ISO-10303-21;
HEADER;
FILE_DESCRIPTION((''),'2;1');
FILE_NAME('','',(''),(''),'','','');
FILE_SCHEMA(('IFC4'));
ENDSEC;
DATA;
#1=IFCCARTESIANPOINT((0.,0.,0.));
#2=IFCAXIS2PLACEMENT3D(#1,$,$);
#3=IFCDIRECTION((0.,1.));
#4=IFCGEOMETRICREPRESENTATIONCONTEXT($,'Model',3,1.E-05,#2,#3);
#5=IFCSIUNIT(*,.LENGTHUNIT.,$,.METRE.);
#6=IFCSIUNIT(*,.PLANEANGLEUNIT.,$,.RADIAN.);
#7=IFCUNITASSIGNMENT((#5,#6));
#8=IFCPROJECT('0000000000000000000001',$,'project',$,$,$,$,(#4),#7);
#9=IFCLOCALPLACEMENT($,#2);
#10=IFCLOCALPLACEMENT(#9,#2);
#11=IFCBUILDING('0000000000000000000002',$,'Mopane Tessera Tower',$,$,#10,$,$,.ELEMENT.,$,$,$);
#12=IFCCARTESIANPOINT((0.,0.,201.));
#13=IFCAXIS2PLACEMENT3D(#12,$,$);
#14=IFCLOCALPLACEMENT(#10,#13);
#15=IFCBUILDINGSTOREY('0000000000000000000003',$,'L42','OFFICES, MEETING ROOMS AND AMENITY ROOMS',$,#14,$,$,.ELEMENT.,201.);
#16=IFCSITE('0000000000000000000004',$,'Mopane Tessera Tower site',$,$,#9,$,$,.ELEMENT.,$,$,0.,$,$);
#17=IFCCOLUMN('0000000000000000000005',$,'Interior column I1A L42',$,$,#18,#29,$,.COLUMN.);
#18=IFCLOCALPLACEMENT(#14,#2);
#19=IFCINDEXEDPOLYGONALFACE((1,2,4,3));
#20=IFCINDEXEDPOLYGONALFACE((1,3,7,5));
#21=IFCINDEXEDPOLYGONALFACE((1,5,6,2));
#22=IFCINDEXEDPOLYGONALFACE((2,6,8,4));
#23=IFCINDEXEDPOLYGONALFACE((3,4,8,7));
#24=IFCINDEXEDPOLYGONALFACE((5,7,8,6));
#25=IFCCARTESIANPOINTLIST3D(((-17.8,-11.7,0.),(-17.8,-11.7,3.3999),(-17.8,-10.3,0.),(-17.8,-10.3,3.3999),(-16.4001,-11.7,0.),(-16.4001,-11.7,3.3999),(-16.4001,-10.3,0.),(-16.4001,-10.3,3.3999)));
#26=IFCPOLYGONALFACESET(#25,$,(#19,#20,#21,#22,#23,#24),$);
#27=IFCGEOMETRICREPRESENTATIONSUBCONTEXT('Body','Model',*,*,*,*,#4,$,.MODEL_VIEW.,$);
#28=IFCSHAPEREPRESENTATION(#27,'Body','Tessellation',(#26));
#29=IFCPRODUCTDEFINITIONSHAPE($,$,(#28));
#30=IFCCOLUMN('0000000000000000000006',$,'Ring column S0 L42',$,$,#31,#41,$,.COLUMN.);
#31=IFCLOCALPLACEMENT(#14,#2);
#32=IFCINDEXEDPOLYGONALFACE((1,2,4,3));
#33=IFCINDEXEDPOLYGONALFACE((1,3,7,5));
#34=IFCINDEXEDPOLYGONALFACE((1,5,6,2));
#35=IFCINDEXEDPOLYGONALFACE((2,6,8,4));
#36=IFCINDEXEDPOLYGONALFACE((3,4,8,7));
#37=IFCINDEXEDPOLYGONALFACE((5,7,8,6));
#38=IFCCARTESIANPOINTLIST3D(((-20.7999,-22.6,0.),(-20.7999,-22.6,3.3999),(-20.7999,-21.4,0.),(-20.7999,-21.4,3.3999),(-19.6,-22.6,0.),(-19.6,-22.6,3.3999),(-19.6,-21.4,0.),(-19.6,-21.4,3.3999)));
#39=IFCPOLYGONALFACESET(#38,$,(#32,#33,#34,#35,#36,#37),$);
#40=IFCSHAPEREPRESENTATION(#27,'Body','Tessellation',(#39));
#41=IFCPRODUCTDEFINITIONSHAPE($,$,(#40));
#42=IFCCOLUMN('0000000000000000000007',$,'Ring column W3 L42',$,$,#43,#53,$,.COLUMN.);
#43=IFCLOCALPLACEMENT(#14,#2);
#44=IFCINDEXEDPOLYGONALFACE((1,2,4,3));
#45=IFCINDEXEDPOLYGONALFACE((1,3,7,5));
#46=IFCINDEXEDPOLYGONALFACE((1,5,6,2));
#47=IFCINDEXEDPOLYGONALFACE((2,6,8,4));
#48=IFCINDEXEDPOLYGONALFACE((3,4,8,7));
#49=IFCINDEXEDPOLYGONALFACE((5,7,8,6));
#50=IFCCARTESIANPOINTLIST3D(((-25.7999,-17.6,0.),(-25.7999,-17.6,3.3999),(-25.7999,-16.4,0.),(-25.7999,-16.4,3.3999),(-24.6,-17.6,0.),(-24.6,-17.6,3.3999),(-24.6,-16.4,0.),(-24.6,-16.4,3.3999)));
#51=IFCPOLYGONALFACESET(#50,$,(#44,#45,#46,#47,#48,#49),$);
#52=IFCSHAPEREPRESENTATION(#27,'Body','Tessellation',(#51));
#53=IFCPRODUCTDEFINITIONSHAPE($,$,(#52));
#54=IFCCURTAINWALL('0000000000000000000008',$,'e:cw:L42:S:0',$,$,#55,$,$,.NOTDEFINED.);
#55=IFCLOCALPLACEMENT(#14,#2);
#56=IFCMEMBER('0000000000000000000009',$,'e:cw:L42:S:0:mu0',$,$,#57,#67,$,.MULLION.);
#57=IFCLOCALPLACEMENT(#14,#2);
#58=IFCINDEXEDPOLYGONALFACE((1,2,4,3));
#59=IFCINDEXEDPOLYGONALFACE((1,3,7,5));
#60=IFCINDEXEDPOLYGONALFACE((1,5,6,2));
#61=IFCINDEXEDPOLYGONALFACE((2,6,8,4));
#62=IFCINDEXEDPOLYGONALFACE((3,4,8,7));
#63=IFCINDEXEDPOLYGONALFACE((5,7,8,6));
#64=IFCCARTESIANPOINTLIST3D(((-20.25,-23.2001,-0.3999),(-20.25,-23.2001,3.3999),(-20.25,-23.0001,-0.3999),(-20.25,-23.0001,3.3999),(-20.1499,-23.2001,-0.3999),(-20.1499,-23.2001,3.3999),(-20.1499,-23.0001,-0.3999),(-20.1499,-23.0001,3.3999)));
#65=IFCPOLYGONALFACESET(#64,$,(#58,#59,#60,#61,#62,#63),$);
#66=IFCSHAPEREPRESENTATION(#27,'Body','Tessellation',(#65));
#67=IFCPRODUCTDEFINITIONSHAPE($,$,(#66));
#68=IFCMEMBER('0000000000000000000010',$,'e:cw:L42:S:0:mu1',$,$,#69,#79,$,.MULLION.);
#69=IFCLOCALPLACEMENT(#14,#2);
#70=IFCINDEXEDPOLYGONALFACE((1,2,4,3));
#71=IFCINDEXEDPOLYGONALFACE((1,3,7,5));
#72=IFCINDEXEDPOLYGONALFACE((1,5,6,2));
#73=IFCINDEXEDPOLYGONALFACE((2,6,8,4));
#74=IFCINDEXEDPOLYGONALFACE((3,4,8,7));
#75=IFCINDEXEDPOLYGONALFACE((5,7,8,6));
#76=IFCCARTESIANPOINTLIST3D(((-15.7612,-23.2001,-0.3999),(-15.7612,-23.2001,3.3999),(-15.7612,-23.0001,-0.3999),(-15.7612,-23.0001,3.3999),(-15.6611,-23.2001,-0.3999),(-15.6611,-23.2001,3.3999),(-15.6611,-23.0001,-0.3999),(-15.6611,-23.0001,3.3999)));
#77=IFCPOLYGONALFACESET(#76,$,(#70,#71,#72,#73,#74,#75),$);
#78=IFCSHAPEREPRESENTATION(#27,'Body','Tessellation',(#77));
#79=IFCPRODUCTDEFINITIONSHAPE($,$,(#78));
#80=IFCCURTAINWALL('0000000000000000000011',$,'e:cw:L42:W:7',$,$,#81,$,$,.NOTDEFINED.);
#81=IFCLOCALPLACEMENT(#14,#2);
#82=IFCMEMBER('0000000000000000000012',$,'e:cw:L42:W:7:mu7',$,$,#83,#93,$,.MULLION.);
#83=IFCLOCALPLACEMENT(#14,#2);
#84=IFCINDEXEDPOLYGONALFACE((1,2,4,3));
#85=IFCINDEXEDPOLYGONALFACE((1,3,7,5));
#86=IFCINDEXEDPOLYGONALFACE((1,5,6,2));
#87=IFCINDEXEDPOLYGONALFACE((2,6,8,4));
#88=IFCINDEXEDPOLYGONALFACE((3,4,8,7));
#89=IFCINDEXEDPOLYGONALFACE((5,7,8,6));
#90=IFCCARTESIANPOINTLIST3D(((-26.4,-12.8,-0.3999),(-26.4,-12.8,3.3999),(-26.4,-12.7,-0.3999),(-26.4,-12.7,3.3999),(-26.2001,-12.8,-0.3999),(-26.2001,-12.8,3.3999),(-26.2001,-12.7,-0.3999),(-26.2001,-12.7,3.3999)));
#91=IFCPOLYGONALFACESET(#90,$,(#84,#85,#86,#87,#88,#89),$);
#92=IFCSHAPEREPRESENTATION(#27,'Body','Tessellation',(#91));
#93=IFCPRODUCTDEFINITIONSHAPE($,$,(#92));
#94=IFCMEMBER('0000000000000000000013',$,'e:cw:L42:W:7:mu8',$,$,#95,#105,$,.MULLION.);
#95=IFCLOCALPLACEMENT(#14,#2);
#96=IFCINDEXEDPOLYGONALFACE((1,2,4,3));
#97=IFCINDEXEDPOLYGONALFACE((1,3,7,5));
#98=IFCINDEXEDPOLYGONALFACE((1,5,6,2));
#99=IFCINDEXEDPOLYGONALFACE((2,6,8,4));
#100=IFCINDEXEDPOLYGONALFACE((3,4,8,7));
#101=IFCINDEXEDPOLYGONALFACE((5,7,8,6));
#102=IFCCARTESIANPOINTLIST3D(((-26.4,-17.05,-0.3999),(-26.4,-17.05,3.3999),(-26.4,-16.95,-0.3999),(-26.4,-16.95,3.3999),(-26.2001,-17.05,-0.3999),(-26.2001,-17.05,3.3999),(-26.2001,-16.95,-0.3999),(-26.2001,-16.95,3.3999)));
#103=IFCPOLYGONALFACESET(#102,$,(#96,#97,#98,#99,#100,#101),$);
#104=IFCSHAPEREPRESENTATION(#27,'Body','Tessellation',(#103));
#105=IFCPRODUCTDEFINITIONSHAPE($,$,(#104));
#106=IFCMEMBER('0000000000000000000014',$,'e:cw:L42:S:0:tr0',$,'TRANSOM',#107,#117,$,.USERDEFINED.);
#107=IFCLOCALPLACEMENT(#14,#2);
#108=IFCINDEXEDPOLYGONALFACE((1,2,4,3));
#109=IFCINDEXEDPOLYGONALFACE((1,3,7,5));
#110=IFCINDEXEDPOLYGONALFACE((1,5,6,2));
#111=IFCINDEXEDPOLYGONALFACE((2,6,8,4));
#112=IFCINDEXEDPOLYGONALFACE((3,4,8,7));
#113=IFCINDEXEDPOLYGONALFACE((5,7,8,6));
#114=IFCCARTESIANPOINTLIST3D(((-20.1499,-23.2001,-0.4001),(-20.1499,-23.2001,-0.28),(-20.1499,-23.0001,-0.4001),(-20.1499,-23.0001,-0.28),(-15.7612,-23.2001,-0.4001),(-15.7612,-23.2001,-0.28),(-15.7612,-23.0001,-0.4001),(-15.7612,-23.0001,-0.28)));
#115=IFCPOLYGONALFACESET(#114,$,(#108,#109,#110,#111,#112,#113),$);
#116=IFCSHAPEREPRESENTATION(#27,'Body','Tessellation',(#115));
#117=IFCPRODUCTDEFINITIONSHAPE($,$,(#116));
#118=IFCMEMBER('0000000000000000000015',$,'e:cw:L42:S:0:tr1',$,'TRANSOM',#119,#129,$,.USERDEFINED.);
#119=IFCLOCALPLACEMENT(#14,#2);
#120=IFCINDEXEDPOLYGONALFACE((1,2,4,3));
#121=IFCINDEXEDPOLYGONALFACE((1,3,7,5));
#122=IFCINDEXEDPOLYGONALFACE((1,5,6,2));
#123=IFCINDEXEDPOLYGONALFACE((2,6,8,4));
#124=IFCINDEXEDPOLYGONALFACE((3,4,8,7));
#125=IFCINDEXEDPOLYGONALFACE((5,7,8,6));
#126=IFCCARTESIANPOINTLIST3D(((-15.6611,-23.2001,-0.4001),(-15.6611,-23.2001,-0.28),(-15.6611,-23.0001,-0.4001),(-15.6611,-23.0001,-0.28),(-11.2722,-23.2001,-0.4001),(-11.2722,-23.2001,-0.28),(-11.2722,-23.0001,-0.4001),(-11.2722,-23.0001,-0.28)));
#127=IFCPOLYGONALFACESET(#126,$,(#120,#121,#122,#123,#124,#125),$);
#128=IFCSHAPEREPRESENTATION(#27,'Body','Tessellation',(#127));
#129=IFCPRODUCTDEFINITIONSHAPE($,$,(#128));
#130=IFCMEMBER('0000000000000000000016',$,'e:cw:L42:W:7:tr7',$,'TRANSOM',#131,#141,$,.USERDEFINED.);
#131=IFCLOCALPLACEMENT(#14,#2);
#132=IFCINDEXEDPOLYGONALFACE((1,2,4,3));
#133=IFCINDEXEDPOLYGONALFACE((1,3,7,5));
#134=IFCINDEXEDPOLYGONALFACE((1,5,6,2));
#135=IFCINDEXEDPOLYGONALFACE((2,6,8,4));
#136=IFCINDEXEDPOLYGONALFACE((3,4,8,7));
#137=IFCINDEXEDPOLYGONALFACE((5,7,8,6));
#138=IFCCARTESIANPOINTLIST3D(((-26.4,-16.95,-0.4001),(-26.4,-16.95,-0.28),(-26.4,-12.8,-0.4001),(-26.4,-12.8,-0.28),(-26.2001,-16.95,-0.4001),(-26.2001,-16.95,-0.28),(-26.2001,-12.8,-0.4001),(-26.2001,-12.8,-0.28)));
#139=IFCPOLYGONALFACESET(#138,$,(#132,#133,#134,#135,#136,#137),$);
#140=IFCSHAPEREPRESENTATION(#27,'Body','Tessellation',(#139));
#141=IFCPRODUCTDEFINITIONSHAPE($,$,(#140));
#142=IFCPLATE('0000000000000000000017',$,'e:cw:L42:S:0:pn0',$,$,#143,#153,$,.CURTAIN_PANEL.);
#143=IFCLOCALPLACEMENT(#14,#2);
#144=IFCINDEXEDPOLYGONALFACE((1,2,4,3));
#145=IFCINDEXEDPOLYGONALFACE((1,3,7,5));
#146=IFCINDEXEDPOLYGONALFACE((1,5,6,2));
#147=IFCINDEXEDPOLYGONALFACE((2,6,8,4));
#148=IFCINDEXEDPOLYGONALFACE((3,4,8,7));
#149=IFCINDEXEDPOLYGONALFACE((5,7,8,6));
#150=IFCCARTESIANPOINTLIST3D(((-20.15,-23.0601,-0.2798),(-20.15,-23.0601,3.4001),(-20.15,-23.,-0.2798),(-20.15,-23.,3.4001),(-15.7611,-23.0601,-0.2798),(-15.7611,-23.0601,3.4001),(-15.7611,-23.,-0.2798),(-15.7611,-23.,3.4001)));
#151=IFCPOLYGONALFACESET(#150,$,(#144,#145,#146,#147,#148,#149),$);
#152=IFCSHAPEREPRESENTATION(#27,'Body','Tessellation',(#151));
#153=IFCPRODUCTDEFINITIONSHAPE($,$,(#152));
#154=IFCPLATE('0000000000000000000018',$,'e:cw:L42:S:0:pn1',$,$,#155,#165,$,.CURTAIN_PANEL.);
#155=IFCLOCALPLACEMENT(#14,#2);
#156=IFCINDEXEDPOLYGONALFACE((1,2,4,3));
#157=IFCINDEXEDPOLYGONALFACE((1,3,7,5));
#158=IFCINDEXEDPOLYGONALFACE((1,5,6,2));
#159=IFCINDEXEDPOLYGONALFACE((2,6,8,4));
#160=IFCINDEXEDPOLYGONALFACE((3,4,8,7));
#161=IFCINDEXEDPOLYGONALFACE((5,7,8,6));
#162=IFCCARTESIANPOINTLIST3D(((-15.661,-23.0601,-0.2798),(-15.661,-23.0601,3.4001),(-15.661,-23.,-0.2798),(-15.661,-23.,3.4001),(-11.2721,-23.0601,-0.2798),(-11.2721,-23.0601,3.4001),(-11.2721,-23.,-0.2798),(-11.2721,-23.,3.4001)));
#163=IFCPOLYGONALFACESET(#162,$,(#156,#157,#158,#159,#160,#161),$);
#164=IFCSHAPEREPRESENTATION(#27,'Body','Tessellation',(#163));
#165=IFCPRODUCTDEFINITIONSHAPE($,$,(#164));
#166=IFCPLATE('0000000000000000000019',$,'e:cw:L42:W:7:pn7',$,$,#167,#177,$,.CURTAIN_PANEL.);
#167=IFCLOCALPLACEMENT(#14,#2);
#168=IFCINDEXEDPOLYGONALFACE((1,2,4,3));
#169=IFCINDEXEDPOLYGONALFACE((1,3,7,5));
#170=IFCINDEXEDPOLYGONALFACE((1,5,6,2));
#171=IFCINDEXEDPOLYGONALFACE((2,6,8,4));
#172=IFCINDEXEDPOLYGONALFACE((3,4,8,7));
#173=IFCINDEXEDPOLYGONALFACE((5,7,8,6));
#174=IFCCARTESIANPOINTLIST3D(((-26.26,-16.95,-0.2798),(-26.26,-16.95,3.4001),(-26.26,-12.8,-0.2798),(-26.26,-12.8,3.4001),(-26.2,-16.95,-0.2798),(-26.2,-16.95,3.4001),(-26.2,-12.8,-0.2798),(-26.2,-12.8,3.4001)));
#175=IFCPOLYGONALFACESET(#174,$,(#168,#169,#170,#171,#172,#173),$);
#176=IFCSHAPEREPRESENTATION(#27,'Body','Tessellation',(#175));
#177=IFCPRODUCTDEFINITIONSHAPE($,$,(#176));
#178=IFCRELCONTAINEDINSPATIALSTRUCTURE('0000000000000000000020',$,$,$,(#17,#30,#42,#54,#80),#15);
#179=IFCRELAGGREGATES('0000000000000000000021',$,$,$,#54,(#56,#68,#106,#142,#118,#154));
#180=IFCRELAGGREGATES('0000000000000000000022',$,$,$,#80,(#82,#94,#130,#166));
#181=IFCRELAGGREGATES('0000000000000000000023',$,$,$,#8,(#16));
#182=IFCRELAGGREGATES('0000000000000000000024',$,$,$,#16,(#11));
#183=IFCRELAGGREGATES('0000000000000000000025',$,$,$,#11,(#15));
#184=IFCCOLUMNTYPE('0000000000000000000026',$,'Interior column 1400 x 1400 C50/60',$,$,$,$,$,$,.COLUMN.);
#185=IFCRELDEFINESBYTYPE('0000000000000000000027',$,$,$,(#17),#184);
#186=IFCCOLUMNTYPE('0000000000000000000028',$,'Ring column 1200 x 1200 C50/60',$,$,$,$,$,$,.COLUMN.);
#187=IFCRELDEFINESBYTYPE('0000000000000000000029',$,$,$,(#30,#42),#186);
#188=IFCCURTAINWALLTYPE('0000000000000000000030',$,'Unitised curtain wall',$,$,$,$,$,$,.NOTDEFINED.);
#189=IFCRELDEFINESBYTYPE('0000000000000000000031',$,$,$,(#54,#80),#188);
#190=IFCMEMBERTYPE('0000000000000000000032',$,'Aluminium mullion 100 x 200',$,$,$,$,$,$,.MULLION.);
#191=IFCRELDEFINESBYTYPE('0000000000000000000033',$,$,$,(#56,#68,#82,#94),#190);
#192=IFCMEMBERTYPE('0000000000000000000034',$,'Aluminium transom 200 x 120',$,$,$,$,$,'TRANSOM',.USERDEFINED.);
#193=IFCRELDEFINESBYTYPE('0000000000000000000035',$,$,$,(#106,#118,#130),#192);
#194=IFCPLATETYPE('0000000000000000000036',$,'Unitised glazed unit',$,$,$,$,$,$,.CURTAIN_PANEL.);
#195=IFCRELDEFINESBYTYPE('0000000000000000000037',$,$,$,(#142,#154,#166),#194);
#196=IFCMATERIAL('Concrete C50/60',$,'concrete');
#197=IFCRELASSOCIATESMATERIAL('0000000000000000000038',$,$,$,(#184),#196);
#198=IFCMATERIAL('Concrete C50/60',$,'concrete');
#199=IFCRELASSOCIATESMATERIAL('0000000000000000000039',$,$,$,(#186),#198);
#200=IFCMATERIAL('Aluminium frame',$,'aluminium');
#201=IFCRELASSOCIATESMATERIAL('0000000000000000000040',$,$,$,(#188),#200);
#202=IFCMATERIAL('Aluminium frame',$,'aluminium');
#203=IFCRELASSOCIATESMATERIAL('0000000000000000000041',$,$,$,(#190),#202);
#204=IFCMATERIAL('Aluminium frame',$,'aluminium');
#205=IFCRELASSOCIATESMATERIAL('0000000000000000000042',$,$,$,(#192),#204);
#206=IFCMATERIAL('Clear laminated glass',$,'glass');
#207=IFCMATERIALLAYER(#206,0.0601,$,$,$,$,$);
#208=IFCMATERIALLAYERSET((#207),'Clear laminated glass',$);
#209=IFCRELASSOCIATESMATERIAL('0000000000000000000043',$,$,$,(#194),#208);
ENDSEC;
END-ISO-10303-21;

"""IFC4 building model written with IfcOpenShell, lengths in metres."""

from ifc_helpers import new_model, si_unit, direction, frame, origin, origin_2d, place, context, subcontext, project, spatial, rectangle, extrude, material, layer, layer_set, material_profile, profile_set, type_object, element, aggregate, save


model = new_model("IFC4")

# Units and contexts
model_context = context("Model", 3, precision=1e-05, world=origin(), true_north=direction((0.0, 1.0)))
body_context = subcontext(model_context, "Body", "Model", "MODEL_VIEW")
ifc_project = project(units=[si_unit("LENGTHUNIT", "METRE"), si_unit("PLANEANGLEUNIT", "RADIAN")], contexts=[model_context])

# Site, building, storey
site_placement = place(None, origin())
site = spatial("IfcSite", under=ifc_project, at=site_placement, Name="Mopane Tessera Tower site", CompositionType="ELEMENT", RefElevation=0.0)
building_placement = place(site_placement, origin())
building = spatial("IfcBuilding", under=site, at=building_placement, Name="Mopane Tessera Tower", CompositionType="ELEMENT")
storey_placement = place(building_placement, frame((0.0, 0.0, 201.0)))
storey = spatial("IfcBuildingStorey", under=building, at=storey_placement, Name="L42", Description="OFFICES, MEETING ROOMS AND AMENITY ROOMS", CompositionType="ELEMENT", Elevation=201.0)

# Columns
ifc_material_1 = material(Name="Concrete C50/60", Category="concrete")
ifc_material_profile_1 = material_profile(ifc_material_1, rectangle(XDim=1.3999, YDim=1.3999, at=origin_2d()))
ifc_profile_set_1 = profile_set([ifc_material_profile_1], Name="Concrete C50/60")
column_type_1 = type_object("IfcColumnType", Name="Interior column 1400 x 1400 C50/60", PredefinedType="COLUMN", material=ifc_profile_set_1)
column_placement = place(storey_placement, frame((-17.1001, -11.0, 0.0), z_axis=(0.0, 0.0, 1.0), x_axis=(1.0, 0.0, 0.0)))
element("IfcColumn", 1, at=column_placement, inside=storey, type_object=column_type_1, Name="Interior column I1A L42", PredefinedType="COLUMN", context=body_context, shape_type="SweptSolid", body=[
    extrude(rectangle(XDim=1.3999, YDim=1.3999, at=origin_2d()), origin(), (0.0, 0.0, 1.0), 3.3999),
])
ifc_material_2 = material(Name="Concrete C50/60", Category="concrete")
ifc_material_profile_2 = material_profile(ifc_material_2, rectangle(XDim=1.2, YDim=1.2, at=origin_2d()))
ifc_profile_set_2 = profile_set([ifc_material_profile_2], Name="Concrete C50/60")
column_type_2 = type_object("IfcColumnType", Name="Ring column 1200 x 1200 C50/60", PredefinedType="COLUMN", material=ifc_profile_set_2)
for number, where, z_axis, x_axis, name in (
    (2, (-20.2, -22.0, 0.0), (0.0, 0.0, 1.0), (1.0, 0.0, 0.0), "Ring column S0 L42"),
    (3, (-25.2, -17.0, 0.0), (0.0, 0.0, 1.0), (1.0, 0.0, 0.0), "Ring column W3 L42"),
):
    element("IfcColumn", number, at=place(storey_placement, frame(where, z_axis=z_axis, x_axis=x_axis)), inside=storey, type_object=column_type_2, Name=name, PredefinedType="COLUMN", context=body_context, shape_type="SweptSolid", body=[
        extrude(rectangle(XDim=1.2, YDim=1.2, at=origin_2d()), origin(), (0.0, 0.0, 1.0), 3.3999),
    ])

# Curtain walls, members
ifc_material_3 = material(Name="Aluminium frame", Category="aluminium")
curtain_wall_type = type_object("IfcCurtainWallType", Name="Unitised curtain wall", PredefinedType="NOTDEFINED", material=ifc_material_3)
curtain_wall_1_placement = place(storey_placement, origin())
curtain_wall_1 = element("IfcCurtainWall", 4, at=curtain_wall_1_placement, inside=storey, type_object=curtain_wall_type, Name="e:cw:L42:S:0", PredefinedType="NOTDEFINED")
ifc_material_4 = material(Name="Aluminium frame", Category="aluminium")
ifc_material_profile_3 = material_profile(ifc_material_4, rectangle(XDim=0.1001, YDim=0.2, at=origin_2d()))
ifc_profile_set_3 = profile_set([ifc_material_profile_3], Name="Aluminium frame")
member_type_1 = type_object("IfcMemberType", Name="Aluminium mullion 100 x 200", PredefinedType="MULLION", material=ifc_profile_set_3)
member_1_placement = place(storey_placement, frame((-20.2, -23.1001, -0.3999), z_axis=(0.0, 0.0, 1.0), x_axis=(1.0, 0.0, 0.0)))
member_1 = element("IfcMember", 5, at=member_1_placement, type_object=member_type_1, Name="e:cw:L42:S:0:mu0", PredefinedType="MULLION", context=body_context, shape_type="SweptSolid", body=[
    extrude(rectangle(XDim=0.1001, YDim=0.2, at=origin_2d()), origin(), (0.0, 0.0, 1.0), 3.7998),
])
member_2_placement = place(storey_placement, frame((-15.7112, -23.1001, -0.3999), z_axis=(0.0, 0.0, 1.0), x_axis=(1.0, 0.0, 0.0)))
member_2 = element("IfcMember", 6, at=member_2_placement, type_object=member_type_1, Name="e:cw:L42:S:0:mu1", PredefinedType="MULLION", context=body_context, shape_type="SweptSolid", body=[
    extrude(rectangle(XDim=0.1001, YDim=0.2, at=origin_2d()), origin(), (0.0, 0.0, 1.0), 3.7998),
])
curtain_wall_2_placement = place(storey_placement, origin())
curtain_wall_2 = element("IfcCurtainWall", 7, at=curtain_wall_2_placement, inside=storey, type_object=curtain_wall_type, Name="e:cw:L42:W:7", PredefinedType="NOTDEFINED")
member_3_placement = place(storey_placement, frame((-26.3, -12.75, -0.3999), z_axis=(0.0, 0.0, 1.0), x_axis=(0.0, -1.0, 0.0)))
member_3 = element("IfcMember", 8, at=member_3_placement, type_object=member_type_1, Name="e:cw:L42:W:7:mu7", PredefinedType="MULLION", context=body_context, shape_type="SweptSolid", body=[
    extrude(rectangle(XDim=0.1001, YDim=0.2, at=origin_2d()), origin(), (0.0, 0.0, 1.0), 3.7998),
])
member_4_placement = place(storey_placement, frame((-26.3, -17.0, -0.3999), z_axis=(0.0, 0.0, 1.0), x_axis=(0.0, -1.0, 0.0)))
member_4 = element("IfcMember", 9, at=member_4_placement, type_object=member_type_1, Name="e:cw:L42:W:7:mu8", PredefinedType="MULLION", context=body_context, shape_type="SweptSolid", body=[
    extrude(rectangle(XDim=0.1001, YDim=0.2, at=origin_2d()), origin(), (0.0, 0.0, 1.0), 3.7998),
])

# Members
ifc_material_5 = material(Name="Aluminium frame", Category="aluminium")
ifc_material_profile_4 = material_profile(ifc_material_5, rectangle(XDim=0.2, YDim=0.1201, at=origin_2d()))
ifc_profile_set_4 = profile_set([ifc_material_profile_4], Name="Aluminium frame")
member_type_2 = type_object("IfcMemberType", Name="Aluminium transom 200 x 120", ElementType="TRANSOM", PredefinedType="USERDEFINED", material=ifc_profile_set_4)
member_5_placement = place(storey_placement, frame((-20.1499, -23.1001, -0.3401), z_axis=(1.0, 0.0, 0.0), x_axis=(0.0, 1.0, 0.0)))
member_5 = element("IfcMember", 10, at=member_5_placement, type_object=member_type_2, Name="e:cw:L42:S:0:tr0", ObjectType="TRANSOM", PredefinedType="USERDEFINED", context=body_context, shape_type="SweptSolid", body=[
    extrude(rectangle(XDim=0.2, YDim=0.1201, at=origin_2d()), origin(), (0.0, 0.0, 1.0), 4.3887),
])
member_6_placement = place(storey_placement, frame((-15.6611, -23.1001, -0.3401), z_axis=(1.0, 0.0, 0.0), x_axis=(0.0, 1.0, 0.0)))
member_6 = element("IfcMember", 11, at=member_6_placement, type_object=member_type_2, Name="e:cw:L42:S:0:tr1", ObjectType="TRANSOM", PredefinedType="USERDEFINED", context=body_context, shape_type="SweptSolid", body=[
    extrude(rectangle(XDim=0.2, YDim=0.1201, at=origin_2d()), origin(), (0.0, 0.0, 1.0), 4.3889),
])
member_7_placement = place(storey_placement, frame((-26.3, -12.8, -0.3401), z_axis=(0.0, -1.0, 0.0), x_axis=(1.0, 0.0, 0.0)))
member_7 = element("IfcMember", 12, at=member_7_placement, type_object=member_type_2, Name="e:cw:L42:W:7:tr7", ObjectType="TRANSOM", PredefinedType="USERDEFINED", context=body_context, shape_type="SweptSolid", body=[
    extrude(rectangle(XDim=0.2, YDim=0.1201, at=origin_2d()), origin(), (0.0, 0.0, 1.0), 4.1499),
])

# Plates
ifc_material_6 = material(Name="Clear laminated glass", Category="glass")
ifc_layer_1 = layer(ifc_material_6, 0.0601)
ifc_layer_set_1 = layer_set([ifc_layer_1], Name="Clear laminated glass")
plate_type = type_object("IfcPlateType", Name="Unitised glazed unit", PredefinedType="CURTAIN_PANEL", material=ifc_layer_set_1)
plate_1_placement = place(storey_placement, frame((-17.9556, -23.03, -0.2798), z_axis=(0.0, 0.0, 1.0), x_axis=(1.0, 0.0, 0.0)))
plate_1 = element("IfcPlate", 13, at=plate_1_placement, type_object=plate_type, Name="e:cw:L42:S:0:pn0", PredefinedType="CURTAIN_PANEL", context=body_context, shape_type="SweptSolid", body=[
    extrude(rectangle(XDim=4.3889, YDim=0.0601, at=origin_2d()), origin(), (0.0, 0.0, 1.0), 3.6799),
])
plate_2_placement = place(storey_placement, frame((-13.4666, -23.03, -0.2798), z_axis=(0.0, 0.0, 1.0), x_axis=(1.0, 0.0, 0.0)))
plate_2 = element("IfcPlate", 14, at=plate_2_placement, type_object=plate_type, Name="e:cw:L42:S:0:pn1", PredefinedType="CURTAIN_PANEL", context=body_context, shape_type="SweptSolid", body=[
    extrude(rectangle(XDim=4.3889, YDim=0.0601, at=origin_2d()), origin(), (0.0, 0.0, 1.0), 3.6799),
])
aggregate(curtain_wall_1, [member_1, member_2, member_5, plate_1, member_6, plate_2])
plate_3_placement = place(storey_placement, frame((-26.23, -14.875, -0.2798), z_axis=(0.0, 0.0, 1.0), x_axis=(0.0, -1.0, 0.0)))
plate_3 = element("IfcPlate", 15, at=plate_3_placement, type_object=plate_type, Name="e:cw:L42:W:7:pn7", PredefinedType="CURTAIN_PANEL", context=body_context, shape_type="SweptSolid", body=[
    extrude(rectangle(XDim=4.1499, YDim=0.0601, at=origin_2d()), origin(), (0.0, 0.0, 1.0), 3.6799),
])
aggregate(curtain_wall_2, [member_3, member_4, member_7, plate_3])

save(model, "model.ifc")
